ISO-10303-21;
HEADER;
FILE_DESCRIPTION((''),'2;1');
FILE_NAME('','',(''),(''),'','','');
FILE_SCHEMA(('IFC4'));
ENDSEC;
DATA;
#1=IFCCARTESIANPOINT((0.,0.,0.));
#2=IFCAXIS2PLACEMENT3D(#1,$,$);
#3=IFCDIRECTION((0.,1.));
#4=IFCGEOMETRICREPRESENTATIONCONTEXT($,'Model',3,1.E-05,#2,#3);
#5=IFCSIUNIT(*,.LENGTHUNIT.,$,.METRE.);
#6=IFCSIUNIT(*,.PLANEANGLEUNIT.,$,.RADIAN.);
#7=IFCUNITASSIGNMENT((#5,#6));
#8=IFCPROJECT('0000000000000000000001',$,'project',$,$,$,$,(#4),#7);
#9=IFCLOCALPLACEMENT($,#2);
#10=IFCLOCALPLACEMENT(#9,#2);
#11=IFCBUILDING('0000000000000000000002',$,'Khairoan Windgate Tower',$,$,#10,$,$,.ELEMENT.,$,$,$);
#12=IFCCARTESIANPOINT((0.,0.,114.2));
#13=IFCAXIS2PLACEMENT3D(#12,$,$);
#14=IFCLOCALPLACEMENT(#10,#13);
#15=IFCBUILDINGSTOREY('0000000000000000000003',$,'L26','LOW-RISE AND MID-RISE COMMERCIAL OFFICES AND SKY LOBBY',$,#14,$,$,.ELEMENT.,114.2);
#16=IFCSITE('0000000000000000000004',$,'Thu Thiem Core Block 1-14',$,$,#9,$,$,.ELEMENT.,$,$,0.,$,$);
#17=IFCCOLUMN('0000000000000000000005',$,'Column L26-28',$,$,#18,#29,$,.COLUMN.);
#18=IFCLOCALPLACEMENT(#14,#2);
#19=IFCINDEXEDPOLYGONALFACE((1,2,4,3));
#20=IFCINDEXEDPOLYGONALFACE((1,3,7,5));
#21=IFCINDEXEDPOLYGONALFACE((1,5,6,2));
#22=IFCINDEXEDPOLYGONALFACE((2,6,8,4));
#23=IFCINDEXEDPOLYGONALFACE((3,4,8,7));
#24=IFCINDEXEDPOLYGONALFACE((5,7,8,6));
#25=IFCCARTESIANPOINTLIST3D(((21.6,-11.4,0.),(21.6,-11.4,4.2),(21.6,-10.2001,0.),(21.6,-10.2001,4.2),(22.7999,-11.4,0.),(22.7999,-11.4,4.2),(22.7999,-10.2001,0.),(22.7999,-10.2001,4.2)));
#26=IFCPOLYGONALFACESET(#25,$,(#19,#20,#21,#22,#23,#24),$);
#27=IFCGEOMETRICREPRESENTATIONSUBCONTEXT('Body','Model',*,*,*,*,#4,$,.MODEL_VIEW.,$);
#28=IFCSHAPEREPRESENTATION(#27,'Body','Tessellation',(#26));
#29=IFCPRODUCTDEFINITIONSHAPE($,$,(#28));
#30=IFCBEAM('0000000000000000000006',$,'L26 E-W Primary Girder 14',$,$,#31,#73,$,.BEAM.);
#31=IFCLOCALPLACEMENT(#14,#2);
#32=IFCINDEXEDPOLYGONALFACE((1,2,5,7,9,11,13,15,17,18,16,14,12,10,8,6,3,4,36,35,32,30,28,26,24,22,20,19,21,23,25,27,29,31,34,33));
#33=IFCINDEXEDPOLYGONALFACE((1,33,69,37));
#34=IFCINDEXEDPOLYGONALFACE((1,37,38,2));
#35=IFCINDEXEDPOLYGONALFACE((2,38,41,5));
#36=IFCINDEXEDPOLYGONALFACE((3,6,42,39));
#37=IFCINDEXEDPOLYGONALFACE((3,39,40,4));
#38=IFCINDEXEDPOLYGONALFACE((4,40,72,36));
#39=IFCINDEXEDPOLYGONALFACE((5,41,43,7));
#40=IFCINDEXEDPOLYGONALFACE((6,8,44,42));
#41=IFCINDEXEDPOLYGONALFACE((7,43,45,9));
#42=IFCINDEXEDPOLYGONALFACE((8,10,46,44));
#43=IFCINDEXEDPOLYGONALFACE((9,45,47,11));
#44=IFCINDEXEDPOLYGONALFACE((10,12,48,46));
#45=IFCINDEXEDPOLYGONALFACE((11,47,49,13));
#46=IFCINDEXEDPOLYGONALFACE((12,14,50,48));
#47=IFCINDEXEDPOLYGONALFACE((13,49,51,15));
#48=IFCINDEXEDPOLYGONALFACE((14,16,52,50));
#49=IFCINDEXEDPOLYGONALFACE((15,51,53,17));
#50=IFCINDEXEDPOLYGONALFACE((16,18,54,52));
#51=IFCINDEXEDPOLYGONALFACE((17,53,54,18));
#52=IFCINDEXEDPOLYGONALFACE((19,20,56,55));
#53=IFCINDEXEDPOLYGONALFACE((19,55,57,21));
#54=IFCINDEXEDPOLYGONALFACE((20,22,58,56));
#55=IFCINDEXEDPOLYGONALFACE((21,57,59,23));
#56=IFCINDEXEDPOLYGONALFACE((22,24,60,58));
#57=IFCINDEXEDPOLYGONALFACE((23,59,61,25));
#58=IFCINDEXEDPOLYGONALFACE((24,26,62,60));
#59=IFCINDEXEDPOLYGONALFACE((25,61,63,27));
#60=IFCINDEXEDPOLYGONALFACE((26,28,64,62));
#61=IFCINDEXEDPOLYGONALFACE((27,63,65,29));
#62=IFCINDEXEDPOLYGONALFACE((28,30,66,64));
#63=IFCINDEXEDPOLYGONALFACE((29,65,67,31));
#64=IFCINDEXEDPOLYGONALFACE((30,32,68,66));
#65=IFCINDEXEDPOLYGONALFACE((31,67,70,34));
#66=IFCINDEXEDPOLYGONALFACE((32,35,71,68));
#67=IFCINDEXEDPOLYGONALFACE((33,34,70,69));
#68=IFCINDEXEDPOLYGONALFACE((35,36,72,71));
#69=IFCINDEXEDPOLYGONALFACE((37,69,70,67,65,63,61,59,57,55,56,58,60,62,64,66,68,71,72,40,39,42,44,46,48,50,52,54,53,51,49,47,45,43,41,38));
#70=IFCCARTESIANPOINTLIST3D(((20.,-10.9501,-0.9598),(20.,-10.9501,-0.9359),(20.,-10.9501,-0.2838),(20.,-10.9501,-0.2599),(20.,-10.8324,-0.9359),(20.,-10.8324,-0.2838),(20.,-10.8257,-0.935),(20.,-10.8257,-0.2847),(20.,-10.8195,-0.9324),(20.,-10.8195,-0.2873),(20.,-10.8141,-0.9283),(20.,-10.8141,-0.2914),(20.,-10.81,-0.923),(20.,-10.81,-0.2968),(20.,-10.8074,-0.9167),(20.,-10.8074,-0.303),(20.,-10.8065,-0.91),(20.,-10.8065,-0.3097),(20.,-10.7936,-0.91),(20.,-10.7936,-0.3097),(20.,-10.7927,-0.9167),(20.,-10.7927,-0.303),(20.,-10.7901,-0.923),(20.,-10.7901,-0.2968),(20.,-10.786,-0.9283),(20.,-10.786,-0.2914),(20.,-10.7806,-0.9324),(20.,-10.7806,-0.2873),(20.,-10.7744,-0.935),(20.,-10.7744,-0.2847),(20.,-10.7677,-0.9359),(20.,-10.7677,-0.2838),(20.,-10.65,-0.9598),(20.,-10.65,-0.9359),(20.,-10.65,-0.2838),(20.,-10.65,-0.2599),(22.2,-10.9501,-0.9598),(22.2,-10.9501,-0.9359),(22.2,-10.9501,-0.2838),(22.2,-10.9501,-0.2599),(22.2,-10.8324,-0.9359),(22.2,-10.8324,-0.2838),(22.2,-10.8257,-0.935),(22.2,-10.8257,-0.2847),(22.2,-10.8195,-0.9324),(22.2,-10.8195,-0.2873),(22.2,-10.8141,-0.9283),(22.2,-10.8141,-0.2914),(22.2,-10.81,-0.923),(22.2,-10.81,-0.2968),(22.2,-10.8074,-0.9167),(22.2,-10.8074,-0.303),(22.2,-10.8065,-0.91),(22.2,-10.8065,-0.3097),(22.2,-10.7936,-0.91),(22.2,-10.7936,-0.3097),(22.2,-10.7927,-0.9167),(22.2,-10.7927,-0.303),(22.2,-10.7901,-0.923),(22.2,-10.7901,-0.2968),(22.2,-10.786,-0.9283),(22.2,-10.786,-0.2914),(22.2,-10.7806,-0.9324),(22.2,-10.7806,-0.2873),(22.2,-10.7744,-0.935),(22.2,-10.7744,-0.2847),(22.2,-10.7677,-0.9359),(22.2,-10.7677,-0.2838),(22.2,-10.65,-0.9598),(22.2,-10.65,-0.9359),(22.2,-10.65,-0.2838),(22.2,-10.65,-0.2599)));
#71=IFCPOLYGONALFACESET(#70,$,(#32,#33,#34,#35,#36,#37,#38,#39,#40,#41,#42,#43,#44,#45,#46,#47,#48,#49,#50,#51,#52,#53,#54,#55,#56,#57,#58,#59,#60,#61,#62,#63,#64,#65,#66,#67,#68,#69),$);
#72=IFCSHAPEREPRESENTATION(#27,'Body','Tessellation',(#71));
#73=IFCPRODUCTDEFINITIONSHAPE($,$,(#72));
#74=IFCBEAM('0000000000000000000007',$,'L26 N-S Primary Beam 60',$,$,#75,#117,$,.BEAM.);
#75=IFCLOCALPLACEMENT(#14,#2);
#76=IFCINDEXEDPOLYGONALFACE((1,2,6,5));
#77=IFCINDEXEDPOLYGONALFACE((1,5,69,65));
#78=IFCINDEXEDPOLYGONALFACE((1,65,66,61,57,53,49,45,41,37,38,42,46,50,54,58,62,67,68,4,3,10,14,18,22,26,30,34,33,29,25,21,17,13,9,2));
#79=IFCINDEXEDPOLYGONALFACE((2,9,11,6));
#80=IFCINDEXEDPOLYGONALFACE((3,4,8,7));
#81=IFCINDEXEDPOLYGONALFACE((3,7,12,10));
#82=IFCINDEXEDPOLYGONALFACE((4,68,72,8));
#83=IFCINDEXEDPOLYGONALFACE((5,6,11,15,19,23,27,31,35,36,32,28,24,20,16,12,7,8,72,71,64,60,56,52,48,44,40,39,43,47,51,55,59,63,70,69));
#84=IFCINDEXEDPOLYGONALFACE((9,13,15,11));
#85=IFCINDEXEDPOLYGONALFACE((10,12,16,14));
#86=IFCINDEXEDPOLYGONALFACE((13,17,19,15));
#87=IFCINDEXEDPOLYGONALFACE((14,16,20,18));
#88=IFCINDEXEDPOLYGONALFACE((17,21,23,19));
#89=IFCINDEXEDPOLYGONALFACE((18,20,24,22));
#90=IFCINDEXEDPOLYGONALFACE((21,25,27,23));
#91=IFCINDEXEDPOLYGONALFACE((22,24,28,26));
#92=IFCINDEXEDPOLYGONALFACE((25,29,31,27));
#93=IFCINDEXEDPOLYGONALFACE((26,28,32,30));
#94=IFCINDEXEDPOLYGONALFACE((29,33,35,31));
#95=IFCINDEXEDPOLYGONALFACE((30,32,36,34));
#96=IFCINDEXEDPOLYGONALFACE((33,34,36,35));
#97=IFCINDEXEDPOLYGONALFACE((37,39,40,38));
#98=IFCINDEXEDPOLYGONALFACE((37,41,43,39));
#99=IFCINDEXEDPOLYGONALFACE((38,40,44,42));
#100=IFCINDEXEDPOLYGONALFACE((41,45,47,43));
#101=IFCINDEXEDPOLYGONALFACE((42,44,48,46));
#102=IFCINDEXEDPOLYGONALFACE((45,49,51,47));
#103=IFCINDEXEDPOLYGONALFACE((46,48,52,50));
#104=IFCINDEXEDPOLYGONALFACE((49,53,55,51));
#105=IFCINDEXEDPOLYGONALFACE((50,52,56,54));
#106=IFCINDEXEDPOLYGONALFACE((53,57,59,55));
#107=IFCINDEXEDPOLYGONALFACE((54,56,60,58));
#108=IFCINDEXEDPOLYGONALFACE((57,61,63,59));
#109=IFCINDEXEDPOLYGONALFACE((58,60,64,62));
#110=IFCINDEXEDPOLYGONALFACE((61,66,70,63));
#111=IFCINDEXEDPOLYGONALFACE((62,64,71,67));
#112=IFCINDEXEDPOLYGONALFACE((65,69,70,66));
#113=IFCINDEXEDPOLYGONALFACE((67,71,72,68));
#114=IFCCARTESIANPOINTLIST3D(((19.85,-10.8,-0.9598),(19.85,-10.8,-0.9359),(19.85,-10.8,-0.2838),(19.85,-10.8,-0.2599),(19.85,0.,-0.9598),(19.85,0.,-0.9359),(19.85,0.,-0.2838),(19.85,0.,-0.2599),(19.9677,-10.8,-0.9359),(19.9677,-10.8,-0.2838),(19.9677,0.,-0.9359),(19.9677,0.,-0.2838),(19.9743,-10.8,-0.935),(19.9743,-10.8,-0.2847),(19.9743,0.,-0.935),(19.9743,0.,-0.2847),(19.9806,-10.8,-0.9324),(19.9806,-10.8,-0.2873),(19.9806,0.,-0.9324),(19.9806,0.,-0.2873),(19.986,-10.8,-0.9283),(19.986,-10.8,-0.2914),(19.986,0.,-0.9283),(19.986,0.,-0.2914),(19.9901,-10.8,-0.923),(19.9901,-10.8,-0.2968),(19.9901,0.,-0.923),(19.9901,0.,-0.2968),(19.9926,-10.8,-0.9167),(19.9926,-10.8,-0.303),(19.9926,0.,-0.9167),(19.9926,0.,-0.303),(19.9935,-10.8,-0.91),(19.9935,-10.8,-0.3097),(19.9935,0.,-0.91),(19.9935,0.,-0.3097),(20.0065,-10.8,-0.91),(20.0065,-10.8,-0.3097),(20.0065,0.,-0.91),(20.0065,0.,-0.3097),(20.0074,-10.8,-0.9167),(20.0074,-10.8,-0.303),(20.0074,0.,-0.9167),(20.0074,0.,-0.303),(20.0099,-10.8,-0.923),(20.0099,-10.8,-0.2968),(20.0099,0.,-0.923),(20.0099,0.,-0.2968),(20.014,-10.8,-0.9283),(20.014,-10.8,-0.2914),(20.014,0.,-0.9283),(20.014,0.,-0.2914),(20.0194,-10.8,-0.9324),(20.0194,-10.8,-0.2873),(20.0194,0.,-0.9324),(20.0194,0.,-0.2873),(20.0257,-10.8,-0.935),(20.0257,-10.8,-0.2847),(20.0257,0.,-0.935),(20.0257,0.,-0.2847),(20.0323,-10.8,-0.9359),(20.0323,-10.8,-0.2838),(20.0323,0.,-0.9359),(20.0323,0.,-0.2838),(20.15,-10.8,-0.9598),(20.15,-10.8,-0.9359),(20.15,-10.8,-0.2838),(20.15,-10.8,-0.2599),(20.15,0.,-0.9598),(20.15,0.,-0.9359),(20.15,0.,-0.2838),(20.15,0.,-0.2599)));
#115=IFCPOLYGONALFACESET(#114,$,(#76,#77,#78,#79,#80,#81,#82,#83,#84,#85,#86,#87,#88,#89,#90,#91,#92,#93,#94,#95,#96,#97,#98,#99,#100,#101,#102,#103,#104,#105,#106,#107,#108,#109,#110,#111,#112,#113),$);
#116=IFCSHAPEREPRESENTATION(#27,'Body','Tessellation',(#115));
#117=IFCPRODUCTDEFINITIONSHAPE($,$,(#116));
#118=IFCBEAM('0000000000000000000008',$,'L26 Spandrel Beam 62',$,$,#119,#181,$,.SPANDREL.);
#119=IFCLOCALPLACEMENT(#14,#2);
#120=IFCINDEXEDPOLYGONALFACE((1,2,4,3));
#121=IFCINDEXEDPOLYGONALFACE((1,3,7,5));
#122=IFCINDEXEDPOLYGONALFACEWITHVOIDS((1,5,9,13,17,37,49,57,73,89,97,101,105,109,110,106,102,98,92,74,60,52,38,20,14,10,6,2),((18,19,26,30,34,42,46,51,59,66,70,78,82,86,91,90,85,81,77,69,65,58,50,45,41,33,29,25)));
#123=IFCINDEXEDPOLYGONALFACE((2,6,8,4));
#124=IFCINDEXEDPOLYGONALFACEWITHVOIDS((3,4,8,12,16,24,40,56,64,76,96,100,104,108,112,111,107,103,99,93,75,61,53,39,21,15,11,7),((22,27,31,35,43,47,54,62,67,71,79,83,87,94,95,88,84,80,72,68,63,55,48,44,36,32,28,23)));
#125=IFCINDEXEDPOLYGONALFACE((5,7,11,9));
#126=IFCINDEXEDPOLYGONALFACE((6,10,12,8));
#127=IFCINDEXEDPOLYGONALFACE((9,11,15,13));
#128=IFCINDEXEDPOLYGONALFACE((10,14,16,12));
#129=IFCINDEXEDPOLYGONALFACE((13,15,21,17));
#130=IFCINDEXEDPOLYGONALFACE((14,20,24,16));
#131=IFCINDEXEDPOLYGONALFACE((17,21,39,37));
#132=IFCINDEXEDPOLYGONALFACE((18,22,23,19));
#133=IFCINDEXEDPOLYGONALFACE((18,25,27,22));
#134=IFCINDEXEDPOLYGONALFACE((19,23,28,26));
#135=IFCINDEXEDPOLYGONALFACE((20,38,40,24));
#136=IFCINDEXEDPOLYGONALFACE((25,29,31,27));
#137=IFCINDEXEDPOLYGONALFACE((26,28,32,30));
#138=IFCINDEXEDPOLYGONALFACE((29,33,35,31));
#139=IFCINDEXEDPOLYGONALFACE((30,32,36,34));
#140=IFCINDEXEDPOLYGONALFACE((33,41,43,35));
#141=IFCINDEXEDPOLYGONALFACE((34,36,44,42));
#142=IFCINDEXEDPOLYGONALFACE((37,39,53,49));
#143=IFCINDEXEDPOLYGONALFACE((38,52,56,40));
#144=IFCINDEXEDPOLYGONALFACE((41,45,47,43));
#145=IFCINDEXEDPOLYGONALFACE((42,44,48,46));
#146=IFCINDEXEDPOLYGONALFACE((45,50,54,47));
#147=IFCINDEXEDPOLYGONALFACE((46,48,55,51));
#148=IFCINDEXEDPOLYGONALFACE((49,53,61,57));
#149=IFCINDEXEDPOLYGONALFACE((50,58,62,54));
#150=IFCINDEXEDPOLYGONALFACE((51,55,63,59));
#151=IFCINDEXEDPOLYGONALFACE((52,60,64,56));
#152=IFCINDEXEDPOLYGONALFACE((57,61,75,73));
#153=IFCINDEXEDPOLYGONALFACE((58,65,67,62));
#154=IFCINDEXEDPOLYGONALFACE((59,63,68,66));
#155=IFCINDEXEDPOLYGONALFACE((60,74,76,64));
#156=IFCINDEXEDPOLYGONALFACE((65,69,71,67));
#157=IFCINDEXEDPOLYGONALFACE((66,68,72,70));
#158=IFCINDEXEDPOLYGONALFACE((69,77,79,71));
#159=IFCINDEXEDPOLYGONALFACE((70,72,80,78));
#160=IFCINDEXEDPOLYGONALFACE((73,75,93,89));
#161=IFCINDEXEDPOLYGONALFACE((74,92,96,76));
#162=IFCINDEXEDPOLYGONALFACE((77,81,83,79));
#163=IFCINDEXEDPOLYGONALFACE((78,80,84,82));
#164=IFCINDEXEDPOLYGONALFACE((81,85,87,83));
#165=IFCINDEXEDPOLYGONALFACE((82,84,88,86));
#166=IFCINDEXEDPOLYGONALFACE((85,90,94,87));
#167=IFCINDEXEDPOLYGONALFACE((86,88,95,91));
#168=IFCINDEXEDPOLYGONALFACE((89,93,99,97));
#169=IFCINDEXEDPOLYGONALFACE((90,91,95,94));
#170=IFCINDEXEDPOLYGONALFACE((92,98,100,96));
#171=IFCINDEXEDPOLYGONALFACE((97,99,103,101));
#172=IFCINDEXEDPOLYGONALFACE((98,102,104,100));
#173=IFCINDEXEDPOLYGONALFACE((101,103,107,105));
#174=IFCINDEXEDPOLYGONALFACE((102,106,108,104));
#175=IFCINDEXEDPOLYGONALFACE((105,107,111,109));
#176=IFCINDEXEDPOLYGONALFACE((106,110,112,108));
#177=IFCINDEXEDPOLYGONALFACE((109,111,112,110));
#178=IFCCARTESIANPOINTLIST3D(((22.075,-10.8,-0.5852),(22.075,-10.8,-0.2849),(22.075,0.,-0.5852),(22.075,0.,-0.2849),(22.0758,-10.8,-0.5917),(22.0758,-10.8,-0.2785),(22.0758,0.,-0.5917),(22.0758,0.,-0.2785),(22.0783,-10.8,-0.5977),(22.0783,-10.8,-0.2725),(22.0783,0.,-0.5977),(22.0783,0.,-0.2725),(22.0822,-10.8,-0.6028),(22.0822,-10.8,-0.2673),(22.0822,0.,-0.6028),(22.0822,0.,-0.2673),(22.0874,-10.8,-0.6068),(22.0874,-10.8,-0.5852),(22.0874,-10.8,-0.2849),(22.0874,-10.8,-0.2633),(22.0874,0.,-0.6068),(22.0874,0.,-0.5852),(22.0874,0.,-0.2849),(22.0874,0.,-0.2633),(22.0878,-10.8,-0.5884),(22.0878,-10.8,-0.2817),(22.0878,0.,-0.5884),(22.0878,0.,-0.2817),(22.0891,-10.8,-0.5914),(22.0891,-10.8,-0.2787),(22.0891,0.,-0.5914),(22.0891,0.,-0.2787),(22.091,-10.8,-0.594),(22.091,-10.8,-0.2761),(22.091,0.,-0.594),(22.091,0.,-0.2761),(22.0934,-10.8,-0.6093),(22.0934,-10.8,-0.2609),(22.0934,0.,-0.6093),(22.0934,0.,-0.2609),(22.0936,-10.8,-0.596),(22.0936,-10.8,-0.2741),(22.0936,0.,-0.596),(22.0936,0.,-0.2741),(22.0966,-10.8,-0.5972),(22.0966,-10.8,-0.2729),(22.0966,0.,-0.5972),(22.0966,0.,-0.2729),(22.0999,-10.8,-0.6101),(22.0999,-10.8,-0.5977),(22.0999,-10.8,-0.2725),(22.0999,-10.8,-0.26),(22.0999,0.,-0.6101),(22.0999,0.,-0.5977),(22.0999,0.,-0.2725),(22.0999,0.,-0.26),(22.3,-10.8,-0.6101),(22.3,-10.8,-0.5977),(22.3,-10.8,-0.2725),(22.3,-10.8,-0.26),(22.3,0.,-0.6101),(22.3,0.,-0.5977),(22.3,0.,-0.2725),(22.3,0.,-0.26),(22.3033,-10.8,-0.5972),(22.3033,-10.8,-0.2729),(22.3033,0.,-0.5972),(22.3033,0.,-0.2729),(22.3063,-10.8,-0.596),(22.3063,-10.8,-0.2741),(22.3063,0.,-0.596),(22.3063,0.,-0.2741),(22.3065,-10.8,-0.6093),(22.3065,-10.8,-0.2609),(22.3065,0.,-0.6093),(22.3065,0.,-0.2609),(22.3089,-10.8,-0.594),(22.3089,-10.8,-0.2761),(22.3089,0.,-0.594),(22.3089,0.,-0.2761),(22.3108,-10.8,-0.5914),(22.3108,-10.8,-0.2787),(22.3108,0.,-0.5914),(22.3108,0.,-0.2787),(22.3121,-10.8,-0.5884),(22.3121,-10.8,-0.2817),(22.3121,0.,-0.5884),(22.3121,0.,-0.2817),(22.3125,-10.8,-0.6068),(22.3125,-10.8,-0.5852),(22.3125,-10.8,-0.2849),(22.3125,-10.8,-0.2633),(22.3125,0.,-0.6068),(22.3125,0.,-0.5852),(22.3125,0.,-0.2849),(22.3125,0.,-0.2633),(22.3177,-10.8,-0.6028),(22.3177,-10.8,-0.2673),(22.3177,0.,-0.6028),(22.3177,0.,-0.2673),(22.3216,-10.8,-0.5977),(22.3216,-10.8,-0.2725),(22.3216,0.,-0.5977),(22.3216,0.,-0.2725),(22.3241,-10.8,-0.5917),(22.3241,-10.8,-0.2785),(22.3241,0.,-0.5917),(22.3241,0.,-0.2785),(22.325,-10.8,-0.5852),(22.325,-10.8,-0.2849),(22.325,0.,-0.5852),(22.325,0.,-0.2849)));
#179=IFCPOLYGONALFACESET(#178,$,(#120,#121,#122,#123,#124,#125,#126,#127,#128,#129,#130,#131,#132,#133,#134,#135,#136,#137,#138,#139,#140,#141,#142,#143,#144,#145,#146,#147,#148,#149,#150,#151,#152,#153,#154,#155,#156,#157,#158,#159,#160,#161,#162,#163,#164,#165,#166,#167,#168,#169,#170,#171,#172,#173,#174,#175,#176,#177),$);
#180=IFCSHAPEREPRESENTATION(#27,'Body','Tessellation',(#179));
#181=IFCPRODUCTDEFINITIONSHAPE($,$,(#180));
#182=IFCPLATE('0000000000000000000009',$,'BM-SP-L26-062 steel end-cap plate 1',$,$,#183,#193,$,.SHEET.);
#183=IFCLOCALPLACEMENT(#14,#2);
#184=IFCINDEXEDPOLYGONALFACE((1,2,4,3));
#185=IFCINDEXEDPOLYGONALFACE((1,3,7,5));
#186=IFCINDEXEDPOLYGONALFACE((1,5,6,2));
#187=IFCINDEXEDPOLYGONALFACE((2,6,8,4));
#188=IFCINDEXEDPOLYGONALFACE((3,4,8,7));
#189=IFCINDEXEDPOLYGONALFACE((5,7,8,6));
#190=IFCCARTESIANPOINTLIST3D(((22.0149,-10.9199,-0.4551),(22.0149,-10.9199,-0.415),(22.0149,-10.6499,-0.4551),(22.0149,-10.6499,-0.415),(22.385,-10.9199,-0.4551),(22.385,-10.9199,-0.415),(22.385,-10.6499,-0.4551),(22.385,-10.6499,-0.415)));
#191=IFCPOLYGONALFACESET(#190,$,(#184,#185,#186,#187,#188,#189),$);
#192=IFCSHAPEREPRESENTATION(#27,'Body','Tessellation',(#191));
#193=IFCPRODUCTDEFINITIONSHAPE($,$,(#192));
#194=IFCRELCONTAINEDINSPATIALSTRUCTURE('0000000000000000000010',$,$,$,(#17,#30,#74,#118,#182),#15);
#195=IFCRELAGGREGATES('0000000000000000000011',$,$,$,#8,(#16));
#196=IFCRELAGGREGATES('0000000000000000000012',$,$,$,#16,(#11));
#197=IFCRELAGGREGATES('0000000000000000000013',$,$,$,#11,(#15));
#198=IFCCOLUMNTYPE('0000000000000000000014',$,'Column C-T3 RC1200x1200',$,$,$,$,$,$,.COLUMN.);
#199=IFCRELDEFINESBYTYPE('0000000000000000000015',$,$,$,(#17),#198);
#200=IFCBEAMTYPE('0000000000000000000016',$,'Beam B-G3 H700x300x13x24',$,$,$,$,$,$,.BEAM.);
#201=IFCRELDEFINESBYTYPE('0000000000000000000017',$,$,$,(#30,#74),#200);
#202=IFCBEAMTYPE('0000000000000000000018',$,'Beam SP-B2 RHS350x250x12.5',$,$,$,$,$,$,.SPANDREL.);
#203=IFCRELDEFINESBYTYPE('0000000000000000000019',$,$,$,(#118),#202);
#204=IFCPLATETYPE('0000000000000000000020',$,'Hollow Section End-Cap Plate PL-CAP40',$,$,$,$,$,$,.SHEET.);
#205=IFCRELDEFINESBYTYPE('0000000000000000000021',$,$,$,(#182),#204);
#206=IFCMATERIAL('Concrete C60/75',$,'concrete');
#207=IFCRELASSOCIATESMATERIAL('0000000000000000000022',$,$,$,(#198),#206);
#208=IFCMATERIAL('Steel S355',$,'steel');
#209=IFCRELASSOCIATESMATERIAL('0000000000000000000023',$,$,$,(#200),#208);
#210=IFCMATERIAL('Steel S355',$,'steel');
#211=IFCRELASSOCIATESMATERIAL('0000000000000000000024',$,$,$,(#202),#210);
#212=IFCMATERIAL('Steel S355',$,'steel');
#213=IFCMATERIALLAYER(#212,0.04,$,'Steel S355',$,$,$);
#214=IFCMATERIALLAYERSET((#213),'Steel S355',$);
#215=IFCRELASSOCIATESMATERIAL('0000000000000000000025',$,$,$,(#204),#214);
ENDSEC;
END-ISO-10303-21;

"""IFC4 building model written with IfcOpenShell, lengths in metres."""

from ifc_helpers import new_model, si_unit, direction, frame, origin, origin_2d, place, context, subcontext, project, spatial, rectangle, hollow_rectangle, i_section, extrude, material, layer, layer_set, material_profile, profile_set, type_object, element, save


model = new_model("IFC4")

# Units and contexts
model_context = context("Model", 3, precision=1e-05, world=origin(), true_north=direction((0.0, 1.0)))
body_context = subcontext(model_context, "Body", "Model", "MODEL_VIEW")
ifc_project = project(units=[si_unit("LENGTHUNIT", "METRE"), si_unit("PLANEANGLEUNIT", "RADIAN")], contexts=[model_context])

# Site, building, storey
site_placement = place(None, origin())
site = spatial("IfcSite", under=ifc_project, at=site_placement, Name="Thu Thiem Core Block 1-14", CompositionType="ELEMENT", RefElevation=0.0)
building_placement = place(site_placement, origin())
building = spatial("IfcBuilding", under=site, at=building_placement, Name="Khairoan Windgate Tower", CompositionType="ELEMENT")
storey_placement = place(building_placement, frame((0.0, 0.0, 114.2)))
storey = spatial("IfcBuildingStorey", under=building, at=storey_placement, Name="L26", Description="LOW-RISE AND MID-RISE COMMERCIAL OFFICES AND SKY LOBBY", CompositionType="ELEMENT", Elevation=114.2)

# Column
ifc_material_1 = material(Name="Concrete C60/75", Category="concrete")
ifc_material_profile_1 = material_profile(ifc_material_1, rectangle(XDim=1.2, YDim=1.2, at=origin_2d()))
ifc_profile_set_1 = profile_set([ifc_material_profile_1], Name="Concrete C60/75")
column_type = type_object("IfcColumnType", Name="Column C-T3 RC1200x1200", PredefinedType="COLUMN", material=ifc_profile_set_1)
column_placement = place(storey_placement, frame((22.2, -10.8, 0.0), z_axis=(0.0, 0.0, 1.0), x_axis=(1.0, 0.0, 0.0)))
element("IfcColumn", 1, at=column_placement, inside=storey, type_object=column_type, Name="Column L26-28", PredefinedType="COLUMN", context=body_context, shape_type="SweptSolid", body=[
    extrude(rectangle(XDim=1.2, YDim=1.2, at=origin_2d()), origin(), (0.0, 0.0, 1.0), 4.2),
])

# Beams
ifc_material_2 = material(Name="Steel S355", Category="steel")
ifc_material_profile_2 = material_profile(ifc_material_2, i_section(OverallWidth=0.3, OverallDepth=0.7, WebThickness=0.0129, FlangeThickness=0.0239, FilletRadius=0.0259, at=origin_2d()))
ifc_profile_set_2 = profile_set([ifc_material_profile_2], Name="Steel S355")
beam_type_1 = type_object("IfcBeamType", Name="Beam B-G3 H700x300x13x24", PredefinedType="BEAM", material=ifc_profile_set_2)
beam_1_placement = place(storey_placement, frame((20.0, -10.8, -0.6099), z_axis=(1.0, 0.0, 0.0), x_axis=(0.0, 1.0, 0.0)))
element("IfcBeam", 2, at=beam_1_placement, inside=storey, type_object=beam_type_1, Name="L26 E-W Primary Girder 14", PredefinedType="BEAM", context=body_context, shape_type="SweptSolid", body=[
    extrude(i_section(OverallWidth=0.3, OverallDepth=0.7, WebThickness=0.0129, FlangeThickness=0.0239, FilletRadius=0.0259, at=origin_2d()), origin(), (0.0, 0.0, 1.0), 2.2),
])
beam_2_placement = place(storey_placement, frame((20.0, -10.8, -0.6099), z_axis=(0.0, 1.0, 0.0), x_axis=(-1.0, 0.0, 0.0)))
element("IfcBeam", 3, at=beam_2_placement, inside=storey, type_object=beam_type_1, Name="L26 N-S Primary Beam 60", PredefinedType="BEAM", context=body_context, shape_type="SweptSolid", body=[
    extrude(i_section(OverallWidth=0.3, OverallDepth=0.7, WebThickness=0.0129, FlangeThickness=0.0239, FilletRadius=0.0259, at=origin_2d()), origin(), (0.0, 0.0, 1.0), 10.8),
])
ifc_material_3 = material(Name="Steel S355", Category="steel")
ifc_material_profile_3 = material_profile(ifc_material_3, hollow_rectangle(XDim=0.25, YDim=0.3501, WallThickness=0.0125, InnerFilletRadius=0.0125, OuterFilletRadius=0.0249, at=origin_2d()))
ifc_profile_set_3 = profile_set([ifc_material_profile_3], Name="Steel S355")
beam_type_2 = type_object("IfcBeamType", Name="Beam SP-B2 RHS350x250x12.5", PredefinedType="SPANDREL", material=ifc_profile_set_3)
beam_3_placement = place(storey_placement, frame((22.2, -10.8, -0.4351), z_axis=(0.0, 1.0, 0.0), x_axis=(-1.0, 0.0, 0.0)))
element("IfcBeam", 4, at=beam_3_placement, inside=storey, type_object=beam_type_2, Name="L26 Spandrel Beam 62", PredefinedType="SPANDREL", context=body_context, shape_type="SweptSolid", body=[
    extrude(hollow_rectangle(XDim=0.25, YDim=0.3501, WallThickness=0.0125, InnerFilletRadius=0.0125, OuterFilletRadius=0.0249, at=origin_2d()), origin(), (0.0, 0.0, 1.0), 10.8),
])

# Plate
ifc_material_4 = material(Name="Steel S355", Category="steel")
ifc_layer_1 = layer(ifc_material_4, 0.04, Name="Steel S355")
ifc_layer_set_1 = layer_set([ifc_layer_1], Name="Steel S355")
plate_type = type_object("IfcPlateType", Name="Hollow Section End-Cap Plate PL-CAP40", PredefinedType="SHEET", material=ifc_layer_set_1)
plate_placement = place(storey_placement, frame((22.2, -10.7849, -0.4551), z_axis=(0.0, 0.0, 1.0), x_axis=(0.0, 1.0, 0.0)))
element("IfcPlate", 5, at=plate_placement, inside=storey, type_object=plate_type, Name="BM-SP-L26-062 steel end-cap plate 1", PredefinedType="SHEET", context=body_context, shape_type="SweptSolid", body=[
    extrude(rectangle(XDim=0.27, YDim=0.3701, at=origin_2d()), origin(), (0.0, 0.0, 1.0), 0.04),
])

save(model, "model.ifc")
